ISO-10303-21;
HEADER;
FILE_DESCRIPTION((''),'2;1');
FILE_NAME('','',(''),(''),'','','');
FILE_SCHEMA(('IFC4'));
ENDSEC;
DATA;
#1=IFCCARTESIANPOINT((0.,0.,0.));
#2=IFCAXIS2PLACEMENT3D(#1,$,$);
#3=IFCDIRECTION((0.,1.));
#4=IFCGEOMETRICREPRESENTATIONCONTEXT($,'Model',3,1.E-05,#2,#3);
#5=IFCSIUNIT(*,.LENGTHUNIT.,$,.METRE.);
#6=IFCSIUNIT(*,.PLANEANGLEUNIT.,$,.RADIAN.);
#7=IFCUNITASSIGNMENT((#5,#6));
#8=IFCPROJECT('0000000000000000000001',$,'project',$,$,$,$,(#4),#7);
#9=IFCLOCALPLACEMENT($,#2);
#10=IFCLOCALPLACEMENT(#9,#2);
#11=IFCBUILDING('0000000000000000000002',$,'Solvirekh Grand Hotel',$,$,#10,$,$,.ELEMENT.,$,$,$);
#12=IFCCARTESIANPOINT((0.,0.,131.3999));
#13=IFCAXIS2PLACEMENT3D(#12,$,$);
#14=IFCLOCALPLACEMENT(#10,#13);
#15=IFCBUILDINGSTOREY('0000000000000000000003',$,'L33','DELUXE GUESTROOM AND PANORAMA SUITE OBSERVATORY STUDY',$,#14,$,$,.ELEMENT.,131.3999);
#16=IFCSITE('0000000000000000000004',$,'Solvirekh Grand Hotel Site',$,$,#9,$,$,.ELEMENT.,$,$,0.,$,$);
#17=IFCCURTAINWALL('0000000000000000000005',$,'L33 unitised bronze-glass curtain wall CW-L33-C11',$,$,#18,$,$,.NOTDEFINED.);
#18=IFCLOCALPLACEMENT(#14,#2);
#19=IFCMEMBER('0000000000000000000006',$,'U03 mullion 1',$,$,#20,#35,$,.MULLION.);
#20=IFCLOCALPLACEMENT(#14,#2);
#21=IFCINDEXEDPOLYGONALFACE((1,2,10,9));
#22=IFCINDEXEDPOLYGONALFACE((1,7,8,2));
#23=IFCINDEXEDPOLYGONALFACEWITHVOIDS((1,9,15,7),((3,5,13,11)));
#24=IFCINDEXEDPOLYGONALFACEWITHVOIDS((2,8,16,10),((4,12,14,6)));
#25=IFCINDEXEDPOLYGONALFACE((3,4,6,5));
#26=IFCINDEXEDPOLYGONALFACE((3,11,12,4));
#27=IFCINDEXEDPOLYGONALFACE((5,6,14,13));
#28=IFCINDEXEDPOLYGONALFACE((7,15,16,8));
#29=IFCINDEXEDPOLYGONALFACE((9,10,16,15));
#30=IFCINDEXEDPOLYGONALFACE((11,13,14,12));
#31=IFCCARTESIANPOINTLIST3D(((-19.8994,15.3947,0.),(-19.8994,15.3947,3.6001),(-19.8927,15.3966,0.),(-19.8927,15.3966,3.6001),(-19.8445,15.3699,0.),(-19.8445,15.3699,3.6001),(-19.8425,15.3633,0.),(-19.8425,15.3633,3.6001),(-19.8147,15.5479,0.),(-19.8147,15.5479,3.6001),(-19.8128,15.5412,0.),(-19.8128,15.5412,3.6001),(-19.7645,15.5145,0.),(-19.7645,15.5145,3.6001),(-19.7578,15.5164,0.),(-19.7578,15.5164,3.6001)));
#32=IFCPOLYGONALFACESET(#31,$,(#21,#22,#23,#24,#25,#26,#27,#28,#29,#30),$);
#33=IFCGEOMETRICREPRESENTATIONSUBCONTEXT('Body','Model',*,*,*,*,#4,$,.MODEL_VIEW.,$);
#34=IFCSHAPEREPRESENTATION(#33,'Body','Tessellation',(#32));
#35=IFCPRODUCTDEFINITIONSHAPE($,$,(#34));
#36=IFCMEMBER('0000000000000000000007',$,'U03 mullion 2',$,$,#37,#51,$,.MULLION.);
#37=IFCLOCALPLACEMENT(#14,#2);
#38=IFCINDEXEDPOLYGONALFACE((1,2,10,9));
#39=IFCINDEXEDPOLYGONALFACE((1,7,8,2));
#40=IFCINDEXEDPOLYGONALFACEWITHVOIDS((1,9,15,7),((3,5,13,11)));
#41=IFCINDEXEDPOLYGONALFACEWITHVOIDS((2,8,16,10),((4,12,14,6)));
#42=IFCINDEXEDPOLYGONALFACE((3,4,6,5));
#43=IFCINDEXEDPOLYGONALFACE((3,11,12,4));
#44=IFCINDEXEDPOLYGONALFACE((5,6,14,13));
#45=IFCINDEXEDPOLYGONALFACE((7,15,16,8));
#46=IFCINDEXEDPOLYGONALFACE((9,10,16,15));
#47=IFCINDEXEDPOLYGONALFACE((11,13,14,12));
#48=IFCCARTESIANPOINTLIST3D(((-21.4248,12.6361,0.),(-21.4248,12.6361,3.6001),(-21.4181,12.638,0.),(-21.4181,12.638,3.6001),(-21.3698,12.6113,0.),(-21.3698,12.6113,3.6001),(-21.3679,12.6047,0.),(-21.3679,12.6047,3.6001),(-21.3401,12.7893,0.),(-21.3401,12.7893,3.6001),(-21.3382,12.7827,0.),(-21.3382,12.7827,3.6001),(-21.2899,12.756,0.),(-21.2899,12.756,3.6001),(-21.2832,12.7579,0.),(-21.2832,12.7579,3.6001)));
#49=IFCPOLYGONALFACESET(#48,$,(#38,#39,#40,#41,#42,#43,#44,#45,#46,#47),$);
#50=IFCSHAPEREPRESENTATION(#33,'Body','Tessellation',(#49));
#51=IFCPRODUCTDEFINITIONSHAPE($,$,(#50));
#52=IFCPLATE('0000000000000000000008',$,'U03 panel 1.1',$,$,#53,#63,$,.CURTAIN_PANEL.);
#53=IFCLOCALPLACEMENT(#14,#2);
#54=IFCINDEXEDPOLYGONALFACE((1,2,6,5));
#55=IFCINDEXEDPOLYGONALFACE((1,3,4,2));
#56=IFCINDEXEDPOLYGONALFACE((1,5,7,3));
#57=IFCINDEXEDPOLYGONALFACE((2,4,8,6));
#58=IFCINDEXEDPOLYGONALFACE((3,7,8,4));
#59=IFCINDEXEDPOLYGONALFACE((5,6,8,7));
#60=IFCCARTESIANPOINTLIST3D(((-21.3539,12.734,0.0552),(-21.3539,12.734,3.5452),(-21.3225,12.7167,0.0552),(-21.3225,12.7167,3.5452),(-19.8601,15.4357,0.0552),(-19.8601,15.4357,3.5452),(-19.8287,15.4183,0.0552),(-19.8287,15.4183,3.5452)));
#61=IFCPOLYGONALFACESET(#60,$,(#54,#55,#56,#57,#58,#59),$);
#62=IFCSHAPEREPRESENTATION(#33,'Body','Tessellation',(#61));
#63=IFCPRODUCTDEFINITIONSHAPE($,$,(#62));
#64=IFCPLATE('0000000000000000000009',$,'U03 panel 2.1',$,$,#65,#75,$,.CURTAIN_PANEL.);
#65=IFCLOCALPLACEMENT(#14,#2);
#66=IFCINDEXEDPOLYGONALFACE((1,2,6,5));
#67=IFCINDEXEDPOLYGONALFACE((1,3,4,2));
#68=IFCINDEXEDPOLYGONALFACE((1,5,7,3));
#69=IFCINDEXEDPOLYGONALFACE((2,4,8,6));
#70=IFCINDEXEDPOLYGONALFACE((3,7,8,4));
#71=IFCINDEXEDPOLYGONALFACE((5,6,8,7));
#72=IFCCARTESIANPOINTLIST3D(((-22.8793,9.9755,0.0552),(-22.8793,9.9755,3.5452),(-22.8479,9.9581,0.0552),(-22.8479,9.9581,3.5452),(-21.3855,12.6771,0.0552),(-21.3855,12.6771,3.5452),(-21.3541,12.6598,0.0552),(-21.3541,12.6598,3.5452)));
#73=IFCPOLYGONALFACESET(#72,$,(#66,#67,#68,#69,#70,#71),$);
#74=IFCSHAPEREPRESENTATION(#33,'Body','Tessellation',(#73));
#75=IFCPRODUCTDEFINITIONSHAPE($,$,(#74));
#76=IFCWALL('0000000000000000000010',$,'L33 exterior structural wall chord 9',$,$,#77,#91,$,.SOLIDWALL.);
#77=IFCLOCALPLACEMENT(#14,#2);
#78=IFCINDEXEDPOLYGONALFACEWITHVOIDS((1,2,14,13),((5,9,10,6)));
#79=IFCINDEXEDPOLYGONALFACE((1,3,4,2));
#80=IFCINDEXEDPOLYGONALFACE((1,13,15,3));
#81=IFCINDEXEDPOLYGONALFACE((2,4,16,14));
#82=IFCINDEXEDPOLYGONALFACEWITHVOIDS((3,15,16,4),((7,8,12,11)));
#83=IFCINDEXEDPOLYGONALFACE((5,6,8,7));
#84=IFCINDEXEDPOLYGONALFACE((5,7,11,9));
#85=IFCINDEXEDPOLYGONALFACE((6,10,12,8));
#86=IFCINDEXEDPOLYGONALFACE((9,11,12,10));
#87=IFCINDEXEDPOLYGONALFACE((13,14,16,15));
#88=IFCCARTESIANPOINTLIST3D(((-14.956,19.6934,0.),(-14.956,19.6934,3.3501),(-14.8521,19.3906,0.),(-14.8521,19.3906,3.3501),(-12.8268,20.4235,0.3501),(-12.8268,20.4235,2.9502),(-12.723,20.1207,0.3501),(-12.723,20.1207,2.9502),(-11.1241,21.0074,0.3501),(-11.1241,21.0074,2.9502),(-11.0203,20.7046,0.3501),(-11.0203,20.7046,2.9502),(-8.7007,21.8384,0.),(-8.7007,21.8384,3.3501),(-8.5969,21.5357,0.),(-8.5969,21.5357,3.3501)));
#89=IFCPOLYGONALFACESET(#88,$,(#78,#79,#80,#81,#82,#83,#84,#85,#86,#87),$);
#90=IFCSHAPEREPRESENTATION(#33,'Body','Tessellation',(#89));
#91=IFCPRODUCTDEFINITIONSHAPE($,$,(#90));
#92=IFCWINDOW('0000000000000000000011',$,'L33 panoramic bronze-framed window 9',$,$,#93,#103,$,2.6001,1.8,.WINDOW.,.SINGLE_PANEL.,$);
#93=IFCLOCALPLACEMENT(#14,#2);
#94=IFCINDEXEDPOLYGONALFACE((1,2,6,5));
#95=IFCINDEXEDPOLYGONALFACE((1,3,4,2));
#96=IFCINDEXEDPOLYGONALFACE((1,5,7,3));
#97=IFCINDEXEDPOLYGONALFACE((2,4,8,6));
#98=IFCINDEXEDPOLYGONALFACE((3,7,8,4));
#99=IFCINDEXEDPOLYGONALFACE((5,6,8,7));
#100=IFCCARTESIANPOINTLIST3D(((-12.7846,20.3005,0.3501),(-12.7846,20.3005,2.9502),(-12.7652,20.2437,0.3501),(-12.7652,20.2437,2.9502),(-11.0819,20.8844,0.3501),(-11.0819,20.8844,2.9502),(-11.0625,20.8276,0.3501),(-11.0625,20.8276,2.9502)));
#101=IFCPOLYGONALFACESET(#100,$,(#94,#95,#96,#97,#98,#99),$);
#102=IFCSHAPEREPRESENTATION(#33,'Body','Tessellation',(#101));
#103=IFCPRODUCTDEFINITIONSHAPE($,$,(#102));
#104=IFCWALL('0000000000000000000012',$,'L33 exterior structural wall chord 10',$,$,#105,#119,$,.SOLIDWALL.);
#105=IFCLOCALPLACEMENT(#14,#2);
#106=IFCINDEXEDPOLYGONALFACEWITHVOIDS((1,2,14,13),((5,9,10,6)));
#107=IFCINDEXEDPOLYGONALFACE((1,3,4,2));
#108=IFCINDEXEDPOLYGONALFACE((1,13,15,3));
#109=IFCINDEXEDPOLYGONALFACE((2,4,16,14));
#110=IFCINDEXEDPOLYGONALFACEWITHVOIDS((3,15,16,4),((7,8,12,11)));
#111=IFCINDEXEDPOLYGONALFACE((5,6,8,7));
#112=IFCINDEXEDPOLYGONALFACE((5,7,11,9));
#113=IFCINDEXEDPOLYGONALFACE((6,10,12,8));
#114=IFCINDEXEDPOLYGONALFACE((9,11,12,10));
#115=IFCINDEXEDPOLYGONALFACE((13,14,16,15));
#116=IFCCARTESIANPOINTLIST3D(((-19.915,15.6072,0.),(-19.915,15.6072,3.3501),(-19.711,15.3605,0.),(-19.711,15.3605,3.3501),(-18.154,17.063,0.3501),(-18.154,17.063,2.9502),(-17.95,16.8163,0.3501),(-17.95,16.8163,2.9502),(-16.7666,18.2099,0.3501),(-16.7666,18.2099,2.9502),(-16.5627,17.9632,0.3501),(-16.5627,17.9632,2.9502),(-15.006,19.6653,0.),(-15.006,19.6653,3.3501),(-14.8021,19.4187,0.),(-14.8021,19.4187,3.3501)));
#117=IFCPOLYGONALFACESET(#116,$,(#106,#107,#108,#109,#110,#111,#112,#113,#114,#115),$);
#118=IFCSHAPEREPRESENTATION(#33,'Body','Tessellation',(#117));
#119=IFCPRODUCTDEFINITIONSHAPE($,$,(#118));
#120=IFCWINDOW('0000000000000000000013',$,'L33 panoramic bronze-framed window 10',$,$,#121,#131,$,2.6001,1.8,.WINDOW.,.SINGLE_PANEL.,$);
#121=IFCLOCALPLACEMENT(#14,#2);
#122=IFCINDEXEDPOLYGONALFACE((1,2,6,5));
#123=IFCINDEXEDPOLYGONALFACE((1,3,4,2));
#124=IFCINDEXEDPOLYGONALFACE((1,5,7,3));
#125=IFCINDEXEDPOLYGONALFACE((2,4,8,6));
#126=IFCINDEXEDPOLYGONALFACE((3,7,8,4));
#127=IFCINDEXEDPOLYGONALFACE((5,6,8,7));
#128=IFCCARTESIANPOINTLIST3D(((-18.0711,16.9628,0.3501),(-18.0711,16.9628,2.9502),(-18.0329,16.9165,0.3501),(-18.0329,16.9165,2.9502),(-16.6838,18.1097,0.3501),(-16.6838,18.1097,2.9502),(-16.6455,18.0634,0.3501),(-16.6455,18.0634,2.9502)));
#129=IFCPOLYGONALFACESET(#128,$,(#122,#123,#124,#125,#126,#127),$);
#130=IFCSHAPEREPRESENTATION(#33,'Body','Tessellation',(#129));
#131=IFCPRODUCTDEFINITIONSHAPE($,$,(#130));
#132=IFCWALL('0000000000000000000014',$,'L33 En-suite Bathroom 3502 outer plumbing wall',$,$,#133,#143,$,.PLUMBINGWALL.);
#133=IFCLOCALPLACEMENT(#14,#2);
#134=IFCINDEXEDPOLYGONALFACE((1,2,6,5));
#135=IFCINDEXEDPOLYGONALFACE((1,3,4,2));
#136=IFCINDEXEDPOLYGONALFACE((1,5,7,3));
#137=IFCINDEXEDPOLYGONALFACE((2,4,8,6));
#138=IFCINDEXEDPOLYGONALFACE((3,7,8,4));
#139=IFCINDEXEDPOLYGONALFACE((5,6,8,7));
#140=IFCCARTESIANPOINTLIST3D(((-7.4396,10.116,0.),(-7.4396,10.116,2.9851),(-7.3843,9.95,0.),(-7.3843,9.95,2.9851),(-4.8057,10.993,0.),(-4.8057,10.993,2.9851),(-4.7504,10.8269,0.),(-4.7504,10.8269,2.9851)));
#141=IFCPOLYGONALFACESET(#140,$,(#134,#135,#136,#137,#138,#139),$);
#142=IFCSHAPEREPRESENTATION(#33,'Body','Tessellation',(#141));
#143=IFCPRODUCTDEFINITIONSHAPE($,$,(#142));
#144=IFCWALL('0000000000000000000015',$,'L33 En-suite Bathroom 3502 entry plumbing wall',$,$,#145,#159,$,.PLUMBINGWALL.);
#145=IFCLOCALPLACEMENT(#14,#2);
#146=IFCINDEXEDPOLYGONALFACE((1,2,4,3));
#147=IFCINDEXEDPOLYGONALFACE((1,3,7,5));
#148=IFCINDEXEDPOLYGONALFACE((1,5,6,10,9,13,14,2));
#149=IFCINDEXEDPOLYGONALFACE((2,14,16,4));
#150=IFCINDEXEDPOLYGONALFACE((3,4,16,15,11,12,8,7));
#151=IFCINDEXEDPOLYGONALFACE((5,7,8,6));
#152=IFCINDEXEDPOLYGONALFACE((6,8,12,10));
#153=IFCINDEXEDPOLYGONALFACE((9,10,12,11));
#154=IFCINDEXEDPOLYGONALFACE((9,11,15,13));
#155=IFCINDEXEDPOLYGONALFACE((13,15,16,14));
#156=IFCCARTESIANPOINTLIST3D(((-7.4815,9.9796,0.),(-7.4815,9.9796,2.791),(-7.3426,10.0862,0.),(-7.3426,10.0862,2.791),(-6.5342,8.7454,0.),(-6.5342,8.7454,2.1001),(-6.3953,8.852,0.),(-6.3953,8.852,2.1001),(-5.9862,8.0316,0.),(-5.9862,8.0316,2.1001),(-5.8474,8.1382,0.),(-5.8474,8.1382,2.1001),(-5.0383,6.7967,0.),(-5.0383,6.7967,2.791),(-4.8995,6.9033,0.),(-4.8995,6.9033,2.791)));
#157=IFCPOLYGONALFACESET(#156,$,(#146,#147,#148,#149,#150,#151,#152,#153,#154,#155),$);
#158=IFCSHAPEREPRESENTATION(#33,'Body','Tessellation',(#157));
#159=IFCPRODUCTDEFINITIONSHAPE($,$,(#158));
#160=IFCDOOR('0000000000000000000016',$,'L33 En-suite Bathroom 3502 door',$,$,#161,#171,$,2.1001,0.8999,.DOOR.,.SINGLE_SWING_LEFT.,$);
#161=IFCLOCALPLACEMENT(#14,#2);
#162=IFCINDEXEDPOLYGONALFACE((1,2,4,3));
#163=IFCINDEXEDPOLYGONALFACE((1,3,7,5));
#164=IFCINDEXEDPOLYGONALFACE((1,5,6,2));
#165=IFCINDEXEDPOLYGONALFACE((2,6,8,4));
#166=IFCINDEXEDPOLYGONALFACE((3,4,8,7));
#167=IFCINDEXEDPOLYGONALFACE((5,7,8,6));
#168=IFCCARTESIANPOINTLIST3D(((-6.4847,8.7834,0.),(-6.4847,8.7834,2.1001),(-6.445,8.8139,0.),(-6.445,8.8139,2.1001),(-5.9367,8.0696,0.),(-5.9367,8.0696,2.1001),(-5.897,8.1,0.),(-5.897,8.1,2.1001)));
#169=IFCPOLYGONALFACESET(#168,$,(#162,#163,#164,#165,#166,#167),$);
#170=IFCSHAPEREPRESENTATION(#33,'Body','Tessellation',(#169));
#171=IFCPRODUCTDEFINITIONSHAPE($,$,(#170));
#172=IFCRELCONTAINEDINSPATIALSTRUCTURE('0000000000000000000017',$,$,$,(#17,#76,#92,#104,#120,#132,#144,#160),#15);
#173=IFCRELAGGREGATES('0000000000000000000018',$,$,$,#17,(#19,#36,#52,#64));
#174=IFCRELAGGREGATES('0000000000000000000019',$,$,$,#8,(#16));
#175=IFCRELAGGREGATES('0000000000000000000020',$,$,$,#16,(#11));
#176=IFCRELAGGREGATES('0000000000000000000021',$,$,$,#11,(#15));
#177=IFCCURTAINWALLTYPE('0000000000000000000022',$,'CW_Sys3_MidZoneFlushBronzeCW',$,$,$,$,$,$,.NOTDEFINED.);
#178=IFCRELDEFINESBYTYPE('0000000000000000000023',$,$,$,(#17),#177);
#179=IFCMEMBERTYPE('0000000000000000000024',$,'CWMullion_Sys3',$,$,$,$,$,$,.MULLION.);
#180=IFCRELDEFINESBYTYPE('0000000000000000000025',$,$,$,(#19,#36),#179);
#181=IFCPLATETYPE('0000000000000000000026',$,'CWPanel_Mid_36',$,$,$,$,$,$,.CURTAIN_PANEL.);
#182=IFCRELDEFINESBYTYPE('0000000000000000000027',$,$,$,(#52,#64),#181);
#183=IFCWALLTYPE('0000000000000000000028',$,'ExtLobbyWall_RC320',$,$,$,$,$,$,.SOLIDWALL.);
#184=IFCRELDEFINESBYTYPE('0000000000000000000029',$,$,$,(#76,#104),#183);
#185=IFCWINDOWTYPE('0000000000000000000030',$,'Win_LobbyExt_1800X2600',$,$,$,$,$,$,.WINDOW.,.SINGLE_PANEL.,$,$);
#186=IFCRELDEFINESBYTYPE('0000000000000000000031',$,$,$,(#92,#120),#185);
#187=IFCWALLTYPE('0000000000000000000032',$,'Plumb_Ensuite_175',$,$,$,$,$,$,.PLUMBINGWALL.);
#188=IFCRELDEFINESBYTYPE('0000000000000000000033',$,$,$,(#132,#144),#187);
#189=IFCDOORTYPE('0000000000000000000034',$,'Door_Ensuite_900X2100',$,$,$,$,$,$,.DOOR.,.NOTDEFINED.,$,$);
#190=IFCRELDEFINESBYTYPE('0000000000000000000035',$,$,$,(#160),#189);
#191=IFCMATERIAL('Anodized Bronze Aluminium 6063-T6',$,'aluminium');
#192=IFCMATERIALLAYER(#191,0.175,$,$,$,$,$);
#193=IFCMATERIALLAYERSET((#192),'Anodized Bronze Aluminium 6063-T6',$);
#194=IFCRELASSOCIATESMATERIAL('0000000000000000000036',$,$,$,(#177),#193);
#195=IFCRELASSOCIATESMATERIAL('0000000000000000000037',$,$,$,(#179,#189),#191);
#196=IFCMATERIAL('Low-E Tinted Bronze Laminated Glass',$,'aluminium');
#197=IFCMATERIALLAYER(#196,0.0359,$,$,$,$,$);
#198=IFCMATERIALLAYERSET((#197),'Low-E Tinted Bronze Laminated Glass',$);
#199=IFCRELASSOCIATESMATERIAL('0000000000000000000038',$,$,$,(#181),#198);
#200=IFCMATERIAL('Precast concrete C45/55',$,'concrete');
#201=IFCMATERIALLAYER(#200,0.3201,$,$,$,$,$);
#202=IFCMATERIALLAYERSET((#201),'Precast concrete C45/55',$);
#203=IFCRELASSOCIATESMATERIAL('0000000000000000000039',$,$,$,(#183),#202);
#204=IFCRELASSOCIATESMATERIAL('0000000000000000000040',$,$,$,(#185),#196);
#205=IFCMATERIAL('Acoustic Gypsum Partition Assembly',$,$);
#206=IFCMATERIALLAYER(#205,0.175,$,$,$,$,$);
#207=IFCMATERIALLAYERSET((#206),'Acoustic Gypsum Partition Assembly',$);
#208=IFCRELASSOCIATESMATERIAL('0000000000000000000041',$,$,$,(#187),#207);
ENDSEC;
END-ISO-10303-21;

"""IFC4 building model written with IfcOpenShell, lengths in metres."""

from ifc_helpers import new_model, si_unit, direction, frame, frame_2d, origin, origin_2d, place, context, subcontext, project, spatial, rectangle, hollow_rectangle, extrude, source, transform, mapped, material, layer, layer_set, material_profile, profile_set, type_object, element, fill, aggregate, save


model = new_model("IFC4")

# Units and contexts
model_context = context("Model", 3, precision=1e-05, world=origin(), true_north=direction((0.0, 1.0)))
body_context = subcontext(model_context, "Body", "Model", "MODEL_VIEW")
ifc_project = project(units=[si_unit("LENGTHUNIT", "METRE"), si_unit("PLANEANGLEUNIT", "RADIAN")], contexts=[model_context])

# Site, building, storey
site_placement = place(None, origin())
site = spatial("IfcSite", under=ifc_project, at=site_placement, Name="Solvirekh Grand Hotel Site", CompositionType="ELEMENT", RefElevation=0.0)
building_placement = place(site_placement, origin())
building = spatial("IfcBuilding", under=site, at=building_placement, Name="Solvirekh Grand Hotel", CompositionType="ELEMENT")
storey_placement = place(building_placement, frame((0.0, 0.0, 131.3999)))
storey = spatial("IfcBuildingStorey", under=building, at=storey_placement, Name="L33", Description="DELUXE GUESTROOM AND PANORAMA SUITE OBSERVATORY STUDY", CompositionType="ELEMENT", Elevation=131.3999)

# Curtain wall
ifc_material_1 = material(Name="Anodized Bronze Aluminium 6063-T6", Category="aluminium")
ifc_layer_1 = layer(ifc_material_1, 0.175)
ifc_layer_set_1 = layer_set([ifc_layer_1], Name="Anodized Bronze Aluminium 6063-T6")
curtain_wall_type = type_object("IfcCurtainWallType", Name="CW_Sys3_MidZoneFlushBronzeCW", PredefinedType="NOTDEFINED", material=ifc_layer_set_1)
curtain_wall_1_placement = place(storey_placement, origin())
curtain_wall_1 = element("IfcCurtainWall", 1, at=curtain_wall_1_placement, inside=storey, type_object=curtain_wall_type, Name="L33 unitised bronze-glass curtain wall CW-L33-C11", PredefinedType="NOTDEFINED")

# Shared definitions
ifc_material_profile_1 = material_profile(ifc_material_1, hollow_rectangle(XDim=0.0649, YDim=0.175, WallThickness=0.0049, at=origin_2d()), Name="ALU RHS 175X65X5")
ifc_profile_set_1 = profile_set([ifc_material_profile_1], Name="Anodized Bronze Aluminium 6063-T6")
member_type_1 = type_object("IfcMemberType", Name="CWMullion_Sys3", PredefinedType="MULLION", material=ifc_profile_set_1)
shared_shape_1 = source(origin(), body_context, "Body", "SweptSolid", [
    extrude(hollow_rectangle(XDim=0.0649, YDim=0.175, WallThickness=0.0049, at=origin_2d()), origin(), (0.0, 0.0, 1.0), 3.6001),
])

# Members
member_1_placement = place(storey_placement, frame((-19.8286, 15.4556, 0.0), z_axis=(0.0, 0.0, 1.0), x_axis=(0.875133, -0.483882, 0.0)))
member_1 = element("IfcMember", 2, at=member_1_placement, type_object=member_type_1, Name="U03 mullion 1", PredefinedType="MULLION", context=body_context, shape_type="MappedRepresentation", body=[
    mapped(shared_shape_1, transform((0.0, 0.0, 0.0), x_axis=(1.0, 0.0, 0.0), y_axis=(0.0, 1.0, 0.0), z_axis=(0.0, 0.0, 1.0), scale=1.0)),
])
member_2_placement = place(storey_placement, frame((-21.354, 12.697, 0.0), z_axis=(0.0, 0.0, 1.0), x_axis=(0.875133, -0.483882, 0.0)))
member_2 = element("IfcMember", 3, at=member_2_placement, type_object=member_type_1, Name="U03 mullion 2", PredefinedType="MULLION", context=body_context, shape_type="MappedRepresentation", body=[
    mapped(shared_shape_1, transform((0.0, 0.0, 0.0), x_axis=(1.0, 0.0, 0.0), y_axis=(0.0, 1.0, 0.0), z_axis=(0.0, 0.0, 1.0), scale=1.0)),
])

# Plates
ifc_material_2 = material(Name="Low-E Tinted Bronze Laminated Glass", Category="aluminium")
ifc_layer_2 = layer(ifc_material_2, 0.0359)
ifc_layer_set_2 = layer_set([ifc_layer_2], Name="Low-E Tinted Bronze Laminated Glass")
plate_type = type_object("IfcPlateType", Name="CWPanel_Mid_36", PredefinedType="CURTAIN_PANEL", material=ifc_layer_set_2)
shared_shape_2 = source(origin(), body_context, "Body", "SweptSolid", [
    extrude(rectangle(XDim=3.0872, YDim=0.0359, at=origin_2d()), origin(), (0.0, 0.0, 1.0), 3.49),
])
plate_1_placement = place(storey_placement, frame((-20.5913, 14.0762, 0.0552), z_axis=(0.0, 0.0, 1.0), x_axis=(-0.483882, -0.875133, 0.0)))
plate_1 = element("IfcPlate", 4, at=plate_1_placement, type_object=plate_type, Name="U03 panel 1.1", PredefinedType="CURTAIN_PANEL", context=body_context, shape_type="MappedRepresentation", body=[
    mapped(shared_shape_2, transform((0.0, 0.0, 0.0), x_axis=(1.0, 0.0, 0.0), y_axis=(0.0, 1.0, 0.0), z_axis=(0.0, 0.0, 1.0), scale=1.0)),
])
plate_2_placement = place(storey_placement, frame((-22.1167, 11.3176, 0.0552), z_axis=(0.0, 0.0, 1.0), x_axis=(-0.483882, -0.875133, 0.0)))
plate_2 = element("IfcPlate", 5, at=plate_2_placement, type_object=plate_type, Name="U03 panel 2.1", PredefinedType="CURTAIN_PANEL", context=body_context, shape_type="MappedRepresentation", body=[
    mapped(shared_shape_2, transform((0.0, 0.0, 0.0), x_axis=(1.0, 0.0, 0.0), y_axis=(0.0, 1.0, 0.0), z_axis=(0.0, 0.0, 1.0), scale=1.0)),
])
aggregate(curtain_wall_1, [member_1, member_2, plate_1, plate_2])

# Walls, openings, windows
ifc_material_3 = material(Name="Precast concrete C45/55", Category="concrete")
ifc_layer_3 = layer(ifc_material_3, 0.3201)
ifc_layer_set_3 = layer_set([ifc_layer_3], Name="Precast concrete C45/55")
wall_type_1 = type_object("IfcWallType", Name="ExtLobbyWall_RC320", PredefinedType="SOLIDWALL", material=ifc_layer_set_3)
wall_1_placement = place(storey_placement, frame((-14.9041, 19.542, 0.0), z_axis=(0.0, 0.0, 1.0), x_axis=(0.945927, 0.324379, 0.0)))
wall_1 = element("IfcWall", 6, at=wall_1_placement, inside=storey, type_object=wall_type_1, Name="L33 exterior structural wall chord 9", PredefinedType="SOLIDWALL", context=body_context, shape_type="SweptSolid", body=[
    extrude(rectangle(XDim=6.6128, YDim=0.3201, at=frame_2d((3.3064, 0.0))), origin(), (0.0, 0.0, 1.0), 3.3501),
])
opening_1_placement = place(wall_1_placement, frame((2.251, 0.0, 0.3501)))
opening_1 = element("IfcOpeningElement", 7, at=opening_1_placement, cuts=wall_1, PredefinedType="OPENING", context=body_context, shape_type="SweptSolid", body=[
    extrude(rectangle(XDim=1.8, YDim=2.6001, at=frame_2d((0.8999, 1.3))), frame((0.0, 0.1699, 0.0), z_axis=(0.0, -1.0, 0.0), x_axis=(1.0, 0.0, 0.0)), (0.0, 0.0, 1.0), 0.3401),
])
window_type = type_object("IfcWindowType", Name="Win_LobbyExt_1800X2600", PartitioningType="SINGLE_PANEL", PredefinedType="WINDOW", material=ifc_material_2)
window_1_placement = place(opening_1_placement, origin())
window_1 = element("IfcWindow", 8, at=window_1_placement, inside=storey, type_object=window_type, Name="L33 panoramic bronze-framed window 9", OverallHeight=2.6001, OverallWidth=1.8, PartitioningType="SINGLE_PANEL", PredefinedType="WINDOW", context=body_context, shape_type="SweptSolid", body=[
    extrude(rectangle(XDim=1.8, YDim=2.6001, at=frame_2d((0.8999, 1.3))), frame((0.0, 0.03, 0.0), z_axis=(0.0, -1.0, 0.0), x_axis=(1.0, 0.0, 0.0)), (0.0, 0.0, 1.0), 0.0601),
])
fill(opening_1, window_1)
wall_2_placement = place(storey_placement, frame((-19.813, 15.4839, 0.0), z_axis=(0.0, 0.0, 1.0), x_axis=(0.770738, 0.637152, 0.0)))
wall_2 = element("IfcWall", 9, at=wall_2_placement, inside=storey, type_object=wall_type_1, Name="L33 exterior structural wall chord 10", PredefinedType="SOLIDWALL", context=body_context, shape_type="SweptSolid", body=[
    extrude(rectangle(XDim=6.3691, YDim=0.3201, at=frame_2d((3.1846, 0.0))), origin(), (0.0, 0.0, 1.0), 3.3501),
])
opening_2_placement = place(wall_2_placement, frame((2.2849, 0.0, 0.3501)))
opening_2 = element("IfcOpeningElement", 10, at=opening_2_placement, cuts=wall_2, PredefinedType="OPENING", context=body_context, shape_type="SweptSolid", body=[
    extrude(rectangle(XDim=1.8, YDim=2.6001, at=frame_2d((0.8999, 1.3))), frame((0.0, 0.1699, 0.0), z_axis=(0.0, -1.0, 0.0), x_axis=(1.0, 0.0, 0.0)), (0.0, 0.0, 1.0), 0.3401),
])
window_2_placement = place(opening_2_placement, origin())
window_2 = element("IfcWindow", 11, at=window_2_placement, inside=storey, type_object=window_type, Name="L33 panoramic bronze-framed window 10", OverallHeight=2.6001, OverallWidth=1.8, PartitioningType="SINGLE_PANEL", PredefinedType="WINDOW", context=body_context, shape_type="SweptSolid", body=[
    extrude(rectangle(XDim=1.8, YDim=2.6001, at=frame_2d((0.8999, 1.3))), frame((0.0, 0.03, 0.0), z_axis=(0.0, -1.0, 0.0), x_axis=(1.0, 0.0, 0.0)), (0.0, 0.0, 1.0), 0.0601),
])
fill(opening_2, window_2)

# Wall
ifc_material_4 = material(Name="Acoustic Gypsum Partition Assembly")
ifc_layer_4 = layer(ifc_material_4, 0.175)
ifc_layer_set_4 = layer_set([ifc_layer_4], Name="Acoustic Gypsum Partition Assembly")
wall_type_2 = type_object("IfcWallType", Name="Plumb_Ensuite_175", PredefinedType="PLUMBINGWALL", material=ifc_layer_set_4)
wall_3_placement = place(storey_placement, frame((-7.4121, 10.033, 0.0), z_axis=(0.0, 0.0, 1.0), x_axis=(0.948798, 0.315885, 0.0)))
element("IfcWall", 12, at=wall_3_placement, inside=storey, type_object=wall_type_2, Name="L33 En-suite Bathroom 3502 outer plumbing wall", PredefinedType="PLUMBINGWALL", context=body_context, shape_type="SweptSolid", body=[
    extrude(rectangle(XDim=2.7761, YDim=0.175, at=frame_2d((1.3882, 0.0))), origin(), (0.0, 0.0, 1.0), 2.9851),
])

# Wall, opening, door
wall_4_placement = place(storey_placement, frame((-7.4121, 10.033, 0.0), z_axis=(0.0, 0.0, 1.0), x_axis=(0.60889, -0.793255, 0.0)))
wall_4 = element("IfcWall", 13, at=wall_4_placement, inside=storey, type_object=wall_type_2, Name="L33 En-suite Bathroom 3502 entry plumbing wall", PredefinedType="PLUMBINGWALL", context=body_context, shape_type="SweptSolid", body=[
    extrude(rectangle(XDim=4.0125, YDim=0.175, at=frame_2d((2.0063, 0.0))), origin(), (0.0, 0.0, 1.0), 2.791),
])
opening_3_placement = place(wall_4_placement, frame((1.5559, 0.0, 0.0)))
opening_3 = element("IfcOpeningElement", 14, at=opening_3_placement, cuts=wall_4, PredefinedType="OPENING", context=body_context, shape_type="SweptSolid", body=[
    extrude(rectangle(XDim=0.8999, YDim=2.1001, at=frame_2d((0.45, 1.05))), frame((0.0, 0.0977, 0.0), z_axis=(0.0, -1.0, 0.0), x_axis=(1.0, 0.0, 0.0)), (0.0, 0.0, 1.0), 0.1951),
])
door_type = type_object("IfcDoorType", Name="Door_Ensuite_900X2100", OperationType="NOTDEFINED", PredefinedType="DOOR", material=ifc_material_1)
door_placement = place(opening_3_placement, origin())
door = element("IfcDoor", 15, at=door_placement, inside=storey, type_object=door_type, Name="L33 En-suite Bathroom 3502 door", OperationType="SINGLE_SWING_LEFT", OverallHeight=2.1001, OverallWidth=0.8999, PredefinedType="DOOR", context=body_context, shape_type="SweptSolid", body=[
    extrude(rectangle(XDim=0.8999, YDim=2.1001, at=frame_2d((0.45, 1.05))), frame((0.0, 0.0249, 0.0), z_axis=(0.0, -1.0, 0.0), x_axis=(1.0, 0.0, 0.0)), (0.0, 0.0, 1.0), 0.05),
])
fill(opening_3, door)

save(model, "model.ifc")
